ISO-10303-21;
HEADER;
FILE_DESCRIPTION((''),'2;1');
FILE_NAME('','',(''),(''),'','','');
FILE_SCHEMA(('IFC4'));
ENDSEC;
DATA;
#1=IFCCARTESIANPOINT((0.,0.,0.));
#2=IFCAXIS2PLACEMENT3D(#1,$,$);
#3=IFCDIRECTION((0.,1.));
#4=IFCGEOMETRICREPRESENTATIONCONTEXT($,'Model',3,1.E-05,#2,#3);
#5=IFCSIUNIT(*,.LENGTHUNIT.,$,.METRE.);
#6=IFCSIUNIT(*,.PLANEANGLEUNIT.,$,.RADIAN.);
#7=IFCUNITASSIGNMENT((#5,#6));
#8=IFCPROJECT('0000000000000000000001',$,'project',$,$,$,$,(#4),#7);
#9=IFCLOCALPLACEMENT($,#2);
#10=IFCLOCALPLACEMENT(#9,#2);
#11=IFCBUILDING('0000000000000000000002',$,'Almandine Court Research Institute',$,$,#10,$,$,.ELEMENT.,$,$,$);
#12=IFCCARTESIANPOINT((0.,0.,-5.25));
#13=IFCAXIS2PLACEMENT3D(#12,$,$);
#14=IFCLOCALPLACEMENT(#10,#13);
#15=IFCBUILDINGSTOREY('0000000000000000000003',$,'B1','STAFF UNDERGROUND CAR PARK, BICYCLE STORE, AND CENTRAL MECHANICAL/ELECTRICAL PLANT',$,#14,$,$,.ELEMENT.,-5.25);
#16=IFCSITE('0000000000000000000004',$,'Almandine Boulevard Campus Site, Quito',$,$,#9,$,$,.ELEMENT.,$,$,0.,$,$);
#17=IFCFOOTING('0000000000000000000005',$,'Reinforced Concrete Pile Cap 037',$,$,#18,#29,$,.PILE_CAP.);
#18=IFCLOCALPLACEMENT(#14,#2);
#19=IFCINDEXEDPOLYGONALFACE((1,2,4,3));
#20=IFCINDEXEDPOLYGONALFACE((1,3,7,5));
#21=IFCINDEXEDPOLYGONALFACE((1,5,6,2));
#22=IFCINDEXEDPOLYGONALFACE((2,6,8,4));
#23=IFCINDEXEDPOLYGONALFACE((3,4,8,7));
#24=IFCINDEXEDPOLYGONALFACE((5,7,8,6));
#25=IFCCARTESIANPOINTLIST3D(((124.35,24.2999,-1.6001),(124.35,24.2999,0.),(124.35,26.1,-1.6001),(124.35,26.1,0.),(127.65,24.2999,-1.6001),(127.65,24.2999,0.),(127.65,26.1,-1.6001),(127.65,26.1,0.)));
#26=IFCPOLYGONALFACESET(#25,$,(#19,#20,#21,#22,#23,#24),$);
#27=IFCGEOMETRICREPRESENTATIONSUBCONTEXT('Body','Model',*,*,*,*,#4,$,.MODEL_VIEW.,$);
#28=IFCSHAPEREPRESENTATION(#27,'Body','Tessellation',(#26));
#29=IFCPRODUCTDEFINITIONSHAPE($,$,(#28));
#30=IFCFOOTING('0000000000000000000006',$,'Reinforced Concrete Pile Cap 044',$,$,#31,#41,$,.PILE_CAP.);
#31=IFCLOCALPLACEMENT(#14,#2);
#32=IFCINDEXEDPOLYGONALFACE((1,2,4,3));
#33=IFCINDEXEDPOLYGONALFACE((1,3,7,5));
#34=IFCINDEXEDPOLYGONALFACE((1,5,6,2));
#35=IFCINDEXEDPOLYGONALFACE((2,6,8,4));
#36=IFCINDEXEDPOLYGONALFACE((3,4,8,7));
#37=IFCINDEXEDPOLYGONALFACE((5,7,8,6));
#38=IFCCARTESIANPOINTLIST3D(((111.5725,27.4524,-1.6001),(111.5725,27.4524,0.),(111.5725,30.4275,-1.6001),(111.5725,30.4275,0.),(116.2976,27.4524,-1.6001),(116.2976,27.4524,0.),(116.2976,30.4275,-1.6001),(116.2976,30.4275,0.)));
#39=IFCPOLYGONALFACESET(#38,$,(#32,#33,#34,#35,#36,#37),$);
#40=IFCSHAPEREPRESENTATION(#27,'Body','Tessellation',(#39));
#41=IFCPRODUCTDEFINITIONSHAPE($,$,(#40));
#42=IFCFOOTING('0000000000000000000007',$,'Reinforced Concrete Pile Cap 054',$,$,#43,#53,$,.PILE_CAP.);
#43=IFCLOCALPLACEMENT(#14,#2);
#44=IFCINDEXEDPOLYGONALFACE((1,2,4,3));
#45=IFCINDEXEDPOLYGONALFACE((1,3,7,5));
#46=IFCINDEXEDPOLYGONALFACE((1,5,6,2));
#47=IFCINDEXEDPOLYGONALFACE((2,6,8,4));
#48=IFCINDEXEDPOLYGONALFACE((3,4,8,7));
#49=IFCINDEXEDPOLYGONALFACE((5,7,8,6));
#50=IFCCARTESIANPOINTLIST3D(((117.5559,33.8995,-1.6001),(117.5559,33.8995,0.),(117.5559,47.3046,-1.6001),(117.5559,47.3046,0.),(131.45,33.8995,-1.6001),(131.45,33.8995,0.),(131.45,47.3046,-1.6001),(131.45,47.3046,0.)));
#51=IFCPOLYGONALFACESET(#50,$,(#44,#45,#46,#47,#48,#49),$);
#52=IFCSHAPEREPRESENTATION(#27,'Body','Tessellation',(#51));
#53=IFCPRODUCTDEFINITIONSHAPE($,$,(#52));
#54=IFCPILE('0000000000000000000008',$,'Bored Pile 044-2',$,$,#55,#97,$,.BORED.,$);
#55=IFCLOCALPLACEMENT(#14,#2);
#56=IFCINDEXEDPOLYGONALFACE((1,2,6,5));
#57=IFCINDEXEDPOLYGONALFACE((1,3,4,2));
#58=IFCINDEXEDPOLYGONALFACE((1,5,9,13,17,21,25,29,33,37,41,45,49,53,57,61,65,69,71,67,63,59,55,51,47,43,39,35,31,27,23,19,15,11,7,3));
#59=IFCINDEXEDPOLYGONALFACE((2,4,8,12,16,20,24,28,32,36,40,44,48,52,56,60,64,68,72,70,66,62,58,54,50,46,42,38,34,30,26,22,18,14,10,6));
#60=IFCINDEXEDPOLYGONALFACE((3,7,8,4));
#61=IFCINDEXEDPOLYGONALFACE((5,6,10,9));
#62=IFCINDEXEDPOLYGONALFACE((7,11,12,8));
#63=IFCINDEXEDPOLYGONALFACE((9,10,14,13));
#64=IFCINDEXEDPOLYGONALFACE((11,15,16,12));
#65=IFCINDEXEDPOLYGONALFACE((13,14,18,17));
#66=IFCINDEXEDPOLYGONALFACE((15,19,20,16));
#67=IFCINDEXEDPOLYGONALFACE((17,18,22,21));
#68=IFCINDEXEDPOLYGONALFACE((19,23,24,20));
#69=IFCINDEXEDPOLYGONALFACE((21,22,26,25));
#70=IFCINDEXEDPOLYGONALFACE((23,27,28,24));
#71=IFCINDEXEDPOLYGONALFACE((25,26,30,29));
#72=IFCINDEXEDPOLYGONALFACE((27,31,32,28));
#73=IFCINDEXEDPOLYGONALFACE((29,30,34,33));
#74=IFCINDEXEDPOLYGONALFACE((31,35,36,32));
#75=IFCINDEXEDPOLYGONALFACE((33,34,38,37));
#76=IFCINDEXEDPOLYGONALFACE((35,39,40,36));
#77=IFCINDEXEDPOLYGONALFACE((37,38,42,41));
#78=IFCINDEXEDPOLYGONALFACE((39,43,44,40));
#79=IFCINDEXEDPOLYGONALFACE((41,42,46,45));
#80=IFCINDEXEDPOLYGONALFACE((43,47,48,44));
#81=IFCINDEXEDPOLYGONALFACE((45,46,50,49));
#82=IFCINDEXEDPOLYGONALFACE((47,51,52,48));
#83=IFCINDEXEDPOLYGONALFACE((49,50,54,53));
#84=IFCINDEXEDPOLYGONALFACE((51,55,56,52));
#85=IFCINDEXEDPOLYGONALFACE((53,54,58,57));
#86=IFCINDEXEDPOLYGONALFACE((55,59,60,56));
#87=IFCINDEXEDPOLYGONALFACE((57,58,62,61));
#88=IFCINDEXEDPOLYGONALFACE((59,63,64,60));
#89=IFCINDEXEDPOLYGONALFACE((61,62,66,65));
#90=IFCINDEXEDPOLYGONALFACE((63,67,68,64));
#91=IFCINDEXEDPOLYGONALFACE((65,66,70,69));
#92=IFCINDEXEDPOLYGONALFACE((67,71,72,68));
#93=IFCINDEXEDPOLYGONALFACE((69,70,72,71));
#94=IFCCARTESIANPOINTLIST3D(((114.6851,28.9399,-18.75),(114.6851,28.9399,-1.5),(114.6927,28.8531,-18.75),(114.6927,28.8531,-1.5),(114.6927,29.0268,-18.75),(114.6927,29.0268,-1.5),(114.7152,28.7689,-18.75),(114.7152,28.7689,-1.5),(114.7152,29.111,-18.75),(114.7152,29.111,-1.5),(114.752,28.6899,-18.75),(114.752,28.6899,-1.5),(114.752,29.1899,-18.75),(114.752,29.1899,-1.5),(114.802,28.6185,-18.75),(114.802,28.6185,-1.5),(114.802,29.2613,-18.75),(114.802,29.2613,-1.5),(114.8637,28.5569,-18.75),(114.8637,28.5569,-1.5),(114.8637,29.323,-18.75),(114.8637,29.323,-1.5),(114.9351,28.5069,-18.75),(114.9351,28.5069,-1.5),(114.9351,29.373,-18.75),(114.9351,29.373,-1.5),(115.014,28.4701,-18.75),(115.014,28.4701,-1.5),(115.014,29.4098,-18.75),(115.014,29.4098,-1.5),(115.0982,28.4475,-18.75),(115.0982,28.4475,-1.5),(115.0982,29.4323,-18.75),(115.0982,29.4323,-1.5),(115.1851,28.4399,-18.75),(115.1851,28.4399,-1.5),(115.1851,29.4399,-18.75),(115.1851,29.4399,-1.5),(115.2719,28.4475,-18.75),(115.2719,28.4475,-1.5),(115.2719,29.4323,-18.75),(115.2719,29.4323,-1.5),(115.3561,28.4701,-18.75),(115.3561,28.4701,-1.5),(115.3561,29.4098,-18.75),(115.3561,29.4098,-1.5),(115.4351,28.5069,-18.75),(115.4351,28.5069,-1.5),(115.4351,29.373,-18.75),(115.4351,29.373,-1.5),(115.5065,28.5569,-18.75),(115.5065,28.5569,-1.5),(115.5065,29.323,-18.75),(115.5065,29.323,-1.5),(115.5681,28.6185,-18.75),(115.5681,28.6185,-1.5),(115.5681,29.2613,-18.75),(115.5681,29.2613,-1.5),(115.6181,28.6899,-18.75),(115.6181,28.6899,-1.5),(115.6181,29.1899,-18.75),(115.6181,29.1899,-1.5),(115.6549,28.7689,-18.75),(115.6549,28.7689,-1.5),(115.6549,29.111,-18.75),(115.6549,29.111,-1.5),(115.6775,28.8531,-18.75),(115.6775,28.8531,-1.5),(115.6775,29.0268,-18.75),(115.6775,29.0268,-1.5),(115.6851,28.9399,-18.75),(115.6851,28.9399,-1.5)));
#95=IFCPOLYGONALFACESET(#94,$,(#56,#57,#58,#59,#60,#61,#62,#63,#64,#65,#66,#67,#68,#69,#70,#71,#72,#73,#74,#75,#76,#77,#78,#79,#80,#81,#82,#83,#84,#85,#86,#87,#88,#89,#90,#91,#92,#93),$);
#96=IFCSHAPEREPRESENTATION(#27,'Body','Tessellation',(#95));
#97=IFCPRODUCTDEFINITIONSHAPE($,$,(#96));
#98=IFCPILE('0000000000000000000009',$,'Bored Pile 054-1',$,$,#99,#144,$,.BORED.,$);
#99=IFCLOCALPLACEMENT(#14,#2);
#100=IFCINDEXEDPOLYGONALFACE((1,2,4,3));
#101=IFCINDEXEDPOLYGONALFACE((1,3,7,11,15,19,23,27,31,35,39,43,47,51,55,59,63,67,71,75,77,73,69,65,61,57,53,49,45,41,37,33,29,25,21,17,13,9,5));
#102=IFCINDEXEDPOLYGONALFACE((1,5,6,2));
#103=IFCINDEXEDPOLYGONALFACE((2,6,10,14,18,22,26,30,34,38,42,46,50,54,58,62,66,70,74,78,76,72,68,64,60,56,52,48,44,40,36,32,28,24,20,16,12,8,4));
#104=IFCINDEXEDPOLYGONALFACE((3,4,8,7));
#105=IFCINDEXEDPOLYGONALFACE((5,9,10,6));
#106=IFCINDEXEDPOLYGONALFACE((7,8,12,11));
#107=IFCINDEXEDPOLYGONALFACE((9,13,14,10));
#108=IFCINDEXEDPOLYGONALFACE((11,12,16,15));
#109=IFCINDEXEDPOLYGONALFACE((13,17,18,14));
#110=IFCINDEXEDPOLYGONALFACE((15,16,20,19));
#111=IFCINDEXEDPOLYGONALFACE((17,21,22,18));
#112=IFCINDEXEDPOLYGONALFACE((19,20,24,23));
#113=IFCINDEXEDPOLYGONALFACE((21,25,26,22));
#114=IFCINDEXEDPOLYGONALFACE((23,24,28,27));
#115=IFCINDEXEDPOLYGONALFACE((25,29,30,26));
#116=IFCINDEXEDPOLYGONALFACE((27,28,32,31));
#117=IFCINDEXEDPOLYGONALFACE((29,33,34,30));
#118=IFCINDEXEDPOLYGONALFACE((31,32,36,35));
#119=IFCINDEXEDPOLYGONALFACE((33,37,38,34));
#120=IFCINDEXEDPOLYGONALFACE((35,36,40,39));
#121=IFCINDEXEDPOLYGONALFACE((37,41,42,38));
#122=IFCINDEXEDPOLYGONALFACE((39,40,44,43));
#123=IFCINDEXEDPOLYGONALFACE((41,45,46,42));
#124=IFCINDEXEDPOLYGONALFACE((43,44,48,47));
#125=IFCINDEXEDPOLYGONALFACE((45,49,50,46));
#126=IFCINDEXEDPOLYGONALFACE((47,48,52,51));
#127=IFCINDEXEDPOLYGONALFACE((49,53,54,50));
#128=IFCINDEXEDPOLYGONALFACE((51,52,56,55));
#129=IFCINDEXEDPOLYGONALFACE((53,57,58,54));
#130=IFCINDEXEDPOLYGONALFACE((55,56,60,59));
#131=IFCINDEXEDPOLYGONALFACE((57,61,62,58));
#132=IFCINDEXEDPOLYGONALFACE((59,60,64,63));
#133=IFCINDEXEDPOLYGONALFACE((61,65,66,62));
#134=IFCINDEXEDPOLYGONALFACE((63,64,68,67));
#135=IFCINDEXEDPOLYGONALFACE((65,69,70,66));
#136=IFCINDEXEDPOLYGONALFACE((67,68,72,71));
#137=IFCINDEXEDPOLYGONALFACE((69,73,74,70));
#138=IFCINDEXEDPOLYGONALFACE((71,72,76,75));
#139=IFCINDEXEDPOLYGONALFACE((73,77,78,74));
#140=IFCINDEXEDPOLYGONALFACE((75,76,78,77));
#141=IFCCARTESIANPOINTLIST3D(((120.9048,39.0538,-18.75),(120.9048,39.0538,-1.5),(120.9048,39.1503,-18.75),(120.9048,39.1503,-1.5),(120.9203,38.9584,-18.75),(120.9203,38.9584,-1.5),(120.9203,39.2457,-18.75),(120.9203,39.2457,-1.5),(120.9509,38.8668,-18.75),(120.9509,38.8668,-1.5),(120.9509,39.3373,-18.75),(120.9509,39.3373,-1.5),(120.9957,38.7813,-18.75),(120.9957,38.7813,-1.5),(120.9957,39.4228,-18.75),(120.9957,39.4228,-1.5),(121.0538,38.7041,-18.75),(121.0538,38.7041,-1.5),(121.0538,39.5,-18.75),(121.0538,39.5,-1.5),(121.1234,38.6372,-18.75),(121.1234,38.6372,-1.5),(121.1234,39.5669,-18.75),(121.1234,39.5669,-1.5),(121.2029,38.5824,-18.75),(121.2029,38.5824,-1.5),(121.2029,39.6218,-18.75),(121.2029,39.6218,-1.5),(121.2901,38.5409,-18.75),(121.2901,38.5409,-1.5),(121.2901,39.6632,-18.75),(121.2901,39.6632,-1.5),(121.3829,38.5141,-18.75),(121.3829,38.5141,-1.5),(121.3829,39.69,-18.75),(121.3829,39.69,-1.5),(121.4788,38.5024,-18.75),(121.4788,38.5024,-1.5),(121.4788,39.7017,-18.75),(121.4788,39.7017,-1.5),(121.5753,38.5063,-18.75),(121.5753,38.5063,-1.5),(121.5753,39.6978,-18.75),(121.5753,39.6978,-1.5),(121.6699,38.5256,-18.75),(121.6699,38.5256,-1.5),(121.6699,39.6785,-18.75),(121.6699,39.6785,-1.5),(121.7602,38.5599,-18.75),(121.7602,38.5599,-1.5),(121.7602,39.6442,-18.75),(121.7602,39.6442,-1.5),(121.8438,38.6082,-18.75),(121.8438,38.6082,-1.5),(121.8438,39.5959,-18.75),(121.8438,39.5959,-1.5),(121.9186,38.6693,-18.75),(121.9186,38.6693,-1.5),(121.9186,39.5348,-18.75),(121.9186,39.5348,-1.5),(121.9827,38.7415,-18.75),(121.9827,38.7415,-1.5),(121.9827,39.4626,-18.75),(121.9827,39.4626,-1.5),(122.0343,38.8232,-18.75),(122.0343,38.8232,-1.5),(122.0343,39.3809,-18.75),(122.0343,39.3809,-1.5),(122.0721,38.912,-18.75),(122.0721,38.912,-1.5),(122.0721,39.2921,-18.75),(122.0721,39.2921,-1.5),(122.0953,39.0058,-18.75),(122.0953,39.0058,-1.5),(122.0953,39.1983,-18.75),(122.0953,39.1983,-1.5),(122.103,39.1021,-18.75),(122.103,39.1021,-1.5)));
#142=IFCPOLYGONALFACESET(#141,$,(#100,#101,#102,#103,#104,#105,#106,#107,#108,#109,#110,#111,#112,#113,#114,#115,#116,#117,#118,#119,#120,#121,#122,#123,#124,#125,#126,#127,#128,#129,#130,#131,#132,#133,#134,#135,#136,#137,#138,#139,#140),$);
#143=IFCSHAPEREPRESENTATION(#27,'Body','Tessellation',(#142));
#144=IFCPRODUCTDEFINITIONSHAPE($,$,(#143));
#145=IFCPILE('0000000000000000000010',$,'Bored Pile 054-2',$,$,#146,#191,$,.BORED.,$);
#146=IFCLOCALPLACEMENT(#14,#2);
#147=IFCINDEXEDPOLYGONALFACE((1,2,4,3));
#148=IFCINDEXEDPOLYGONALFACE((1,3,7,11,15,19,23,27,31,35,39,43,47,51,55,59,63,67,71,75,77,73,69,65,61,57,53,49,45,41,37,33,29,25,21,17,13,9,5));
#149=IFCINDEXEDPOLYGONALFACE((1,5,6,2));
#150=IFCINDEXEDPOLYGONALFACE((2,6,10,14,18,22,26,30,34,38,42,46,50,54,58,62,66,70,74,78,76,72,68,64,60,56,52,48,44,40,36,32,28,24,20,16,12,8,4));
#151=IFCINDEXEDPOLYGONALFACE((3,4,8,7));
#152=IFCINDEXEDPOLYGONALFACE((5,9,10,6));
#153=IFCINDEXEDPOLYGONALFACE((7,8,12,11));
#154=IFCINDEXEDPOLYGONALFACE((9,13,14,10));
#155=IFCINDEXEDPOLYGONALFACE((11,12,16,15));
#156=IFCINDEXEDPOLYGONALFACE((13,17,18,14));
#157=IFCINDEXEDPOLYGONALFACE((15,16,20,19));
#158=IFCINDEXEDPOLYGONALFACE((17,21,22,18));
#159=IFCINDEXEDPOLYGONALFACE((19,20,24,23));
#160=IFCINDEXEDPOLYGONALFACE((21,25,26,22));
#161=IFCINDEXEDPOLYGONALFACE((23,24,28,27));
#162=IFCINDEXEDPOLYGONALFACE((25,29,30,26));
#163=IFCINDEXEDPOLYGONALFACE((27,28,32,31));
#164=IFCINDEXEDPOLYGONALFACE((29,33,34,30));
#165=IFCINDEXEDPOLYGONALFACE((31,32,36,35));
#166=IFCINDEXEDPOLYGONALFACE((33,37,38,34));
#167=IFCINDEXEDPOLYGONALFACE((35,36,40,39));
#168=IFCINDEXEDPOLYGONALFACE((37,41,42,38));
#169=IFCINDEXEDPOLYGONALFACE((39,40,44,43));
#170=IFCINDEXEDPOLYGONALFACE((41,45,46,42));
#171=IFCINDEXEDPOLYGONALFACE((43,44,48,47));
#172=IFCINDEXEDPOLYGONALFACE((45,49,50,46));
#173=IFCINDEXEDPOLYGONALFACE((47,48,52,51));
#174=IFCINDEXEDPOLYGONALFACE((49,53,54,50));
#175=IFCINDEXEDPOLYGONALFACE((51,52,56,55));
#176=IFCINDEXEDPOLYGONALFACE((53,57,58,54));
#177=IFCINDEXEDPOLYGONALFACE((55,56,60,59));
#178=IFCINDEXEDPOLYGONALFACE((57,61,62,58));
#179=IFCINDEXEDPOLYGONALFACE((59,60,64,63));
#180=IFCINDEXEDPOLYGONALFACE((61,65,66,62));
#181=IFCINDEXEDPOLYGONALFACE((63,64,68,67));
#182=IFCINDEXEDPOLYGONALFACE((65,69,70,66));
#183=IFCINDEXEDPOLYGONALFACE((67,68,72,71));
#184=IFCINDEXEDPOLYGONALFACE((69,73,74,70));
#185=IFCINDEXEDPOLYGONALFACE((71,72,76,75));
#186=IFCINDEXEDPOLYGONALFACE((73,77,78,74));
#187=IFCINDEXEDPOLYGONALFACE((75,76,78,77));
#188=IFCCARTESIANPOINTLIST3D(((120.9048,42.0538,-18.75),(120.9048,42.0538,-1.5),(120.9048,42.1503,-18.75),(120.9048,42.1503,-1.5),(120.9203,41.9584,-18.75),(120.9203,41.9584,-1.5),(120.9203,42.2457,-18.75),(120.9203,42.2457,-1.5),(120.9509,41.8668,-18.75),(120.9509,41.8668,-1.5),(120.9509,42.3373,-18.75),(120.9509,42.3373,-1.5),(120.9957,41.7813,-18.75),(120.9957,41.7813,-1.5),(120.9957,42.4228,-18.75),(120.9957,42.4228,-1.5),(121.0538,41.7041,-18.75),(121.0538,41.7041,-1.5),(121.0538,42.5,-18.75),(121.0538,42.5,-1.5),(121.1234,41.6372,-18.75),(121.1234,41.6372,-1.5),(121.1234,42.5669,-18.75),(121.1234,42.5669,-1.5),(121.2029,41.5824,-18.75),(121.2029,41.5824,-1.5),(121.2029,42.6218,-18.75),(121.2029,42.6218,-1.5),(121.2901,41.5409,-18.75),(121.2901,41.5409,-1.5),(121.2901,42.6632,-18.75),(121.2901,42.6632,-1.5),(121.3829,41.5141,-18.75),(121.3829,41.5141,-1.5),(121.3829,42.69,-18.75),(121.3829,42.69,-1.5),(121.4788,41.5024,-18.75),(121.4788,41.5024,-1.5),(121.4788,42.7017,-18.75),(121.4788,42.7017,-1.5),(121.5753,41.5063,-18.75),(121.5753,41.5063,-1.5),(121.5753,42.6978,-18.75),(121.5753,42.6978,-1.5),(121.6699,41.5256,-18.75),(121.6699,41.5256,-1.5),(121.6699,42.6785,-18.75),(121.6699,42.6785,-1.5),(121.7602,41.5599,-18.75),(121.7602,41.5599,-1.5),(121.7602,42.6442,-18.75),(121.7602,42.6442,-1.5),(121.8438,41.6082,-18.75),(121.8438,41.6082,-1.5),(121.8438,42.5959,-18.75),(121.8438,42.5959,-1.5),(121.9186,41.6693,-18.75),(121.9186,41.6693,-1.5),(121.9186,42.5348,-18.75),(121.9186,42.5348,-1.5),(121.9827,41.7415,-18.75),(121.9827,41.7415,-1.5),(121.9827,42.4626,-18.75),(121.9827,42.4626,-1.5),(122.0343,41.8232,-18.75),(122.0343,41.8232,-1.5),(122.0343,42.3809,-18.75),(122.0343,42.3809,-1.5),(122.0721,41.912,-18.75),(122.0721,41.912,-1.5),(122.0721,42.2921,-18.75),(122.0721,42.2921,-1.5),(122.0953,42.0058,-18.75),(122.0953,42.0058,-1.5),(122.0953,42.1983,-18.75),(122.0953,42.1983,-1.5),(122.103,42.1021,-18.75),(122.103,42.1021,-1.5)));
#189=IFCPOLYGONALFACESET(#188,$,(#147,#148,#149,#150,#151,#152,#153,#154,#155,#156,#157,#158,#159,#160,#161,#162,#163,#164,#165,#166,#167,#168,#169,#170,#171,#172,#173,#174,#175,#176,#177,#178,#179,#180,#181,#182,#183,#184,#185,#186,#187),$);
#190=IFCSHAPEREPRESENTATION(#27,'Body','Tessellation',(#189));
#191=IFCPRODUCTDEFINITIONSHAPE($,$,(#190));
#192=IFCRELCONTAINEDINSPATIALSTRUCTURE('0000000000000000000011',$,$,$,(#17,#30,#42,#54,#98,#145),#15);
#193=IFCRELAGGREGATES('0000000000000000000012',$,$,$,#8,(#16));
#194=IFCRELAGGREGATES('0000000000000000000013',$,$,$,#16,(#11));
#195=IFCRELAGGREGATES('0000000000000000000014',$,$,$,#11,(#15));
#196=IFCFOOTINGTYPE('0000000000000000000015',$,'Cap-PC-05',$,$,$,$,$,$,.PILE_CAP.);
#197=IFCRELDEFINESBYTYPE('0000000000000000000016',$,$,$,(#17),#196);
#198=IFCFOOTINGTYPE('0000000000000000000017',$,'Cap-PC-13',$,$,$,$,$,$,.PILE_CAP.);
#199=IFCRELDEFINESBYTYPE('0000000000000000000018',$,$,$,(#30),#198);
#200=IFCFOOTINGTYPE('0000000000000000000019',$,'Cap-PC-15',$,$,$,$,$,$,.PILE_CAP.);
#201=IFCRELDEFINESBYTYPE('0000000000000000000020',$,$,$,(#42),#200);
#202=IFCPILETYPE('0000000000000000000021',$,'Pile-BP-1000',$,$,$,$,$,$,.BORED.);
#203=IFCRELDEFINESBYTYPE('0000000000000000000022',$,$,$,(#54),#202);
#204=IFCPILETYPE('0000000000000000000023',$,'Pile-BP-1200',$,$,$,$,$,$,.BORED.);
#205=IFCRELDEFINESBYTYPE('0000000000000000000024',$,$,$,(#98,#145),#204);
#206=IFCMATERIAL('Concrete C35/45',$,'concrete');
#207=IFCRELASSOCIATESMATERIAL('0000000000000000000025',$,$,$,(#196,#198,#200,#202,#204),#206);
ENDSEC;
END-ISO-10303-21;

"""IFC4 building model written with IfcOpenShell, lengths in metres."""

from ifc_helpers import new_model, si_unit, direction, frame, origin, origin_2d, place, context, subcontext, project, spatial, rectangle, circle, extrude, material, material_profile, profile_set, type_object, element, save


model = new_model("IFC4")

# Units and contexts
model_context = context("Model", 3, precision=1e-05, world=origin(), true_north=direction((0.0, 1.0)))
body_context = subcontext(model_context, "Body", "Model", "MODEL_VIEW")
ifc_project = project(units=[si_unit("LENGTHUNIT", "METRE"), si_unit("PLANEANGLEUNIT", "RADIAN")], contexts=[model_context])

# Site, building, storey
site_placement = place(None, origin())
site = spatial("IfcSite", under=ifc_project, at=site_placement, Name="Almandine Boulevard Campus Site, Quito", CompositionType="ELEMENT", RefElevation=0.0)
building_placement = place(site_placement, origin())
building = spatial("IfcBuilding", under=site, at=building_placement, Name="Almandine Court Research Institute", CompositionType="ELEMENT")
storey_placement = place(building_placement, frame((0.0, 0.0, -5.25)))
storey = spatial("IfcBuildingStorey", under=building, at=storey_placement, Name="B1", Description="STAFF UNDERGROUND CAR PARK, BICYCLE STORE, AND CENTRAL MECHANICAL/ELECTRICAL PLANT", CompositionType="ELEMENT", Elevation=-5.25)

# Footings
ifc_material_1 = material(Name="Concrete C35/45", Category="concrete")
footing_type_1 = type_object("IfcFootingType", Name="Cap-PC-05", PredefinedType="PILE_CAP", material=ifc_material_1)
footing_1_placement = place(storey_placement, frame((126.0, 25.2, -1.6001), z_axis=(0.0, 0.0, 1.0), x_axis=(1.0, 0.0, 0.0)))
element("IfcFooting", 1, at=footing_1_placement, inside=storey, type_object=footing_type_1, Name="Reinforced Concrete Pile Cap 037", PredefinedType="PILE_CAP", context=body_context, shape_type="SweptSolid", body=[
    extrude(rectangle(XDim=3.3, YDim=1.8, at=origin_2d()), origin(), (0.0, 0.0, 1.0), 1.6001),
])
footing_type_2 = type_object("IfcFootingType", Name="Cap-PC-13", PredefinedType="PILE_CAP", material=ifc_material_1)
footing_2_placement = place(storey_placement, frame((113.9351, 28.9399, -1.6001), z_axis=(0.0, 0.0, 1.0), x_axis=(1.0, 0.0, 0.0)))
element("IfcFooting", 2, at=footing_2_placement, inside=storey, type_object=footing_type_2, Name="Reinforced Concrete Pile Cap 044", PredefinedType="PILE_CAP", context=body_context, shape_type="SweptSolid", body=[
    extrude(rectangle(XDim=4.7251, YDim=2.9751, at=origin_2d()), origin(), (0.0, 0.0, 1.0), 1.6001),
])
footing_type_3 = type_object("IfcFootingType", Name="Cap-PC-15", PredefinedType="PILE_CAP", material=ifc_material_1)
footing_3_placement = place(storey_placement, frame((124.5029, 40.6021, -1.6001), z_axis=(0.0, 0.0, 1.0), x_axis=(1.0, 0.0, 0.0)))
element("IfcFooting", 3, at=footing_3_placement, inside=storey, type_object=footing_type_3, Name="Reinforced Concrete Pile Cap 054", PredefinedType="PILE_CAP", context=body_context, shape_type="SweptSolid", body=[
    extrude(rectangle(XDim=13.894, YDim=13.405, at=origin_2d()), origin(), (0.0, 0.0, 1.0), 1.6001),
])

# Piles
ifc_material_profile_1 = material_profile(ifc_material_1, circle(Radius=0.5, at=origin_2d()), Name="BORED PILE D1000")
ifc_profile_set_1 = profile_set([ifc_material_profile_1], Name="Concrete C35/45")
pile_type_1 = type_object("IfcPileType", Name="Pile-BP-1000", PredefinedType="BORED", material=ifc_profile_set_1)
pile_1_placement = place(storey_placement, frame((115.1851, 28.9399, -1.5), z_axis=(0.0, 0.0, -1.0), x_axis=(1.0, 0.0, 0.0)))
element("IfcPile", 4, at=pile_1_placement, inside=storey, type_object=pile_type_1, Name="Bored Pile 044-2", PredefinedType="BORED", context=body_context, shape_type="SweptSolid", body=[
    extrude(circle(Radius=0.5, at=origin_2d()), origin(), (0.0, 0.0, 1.0), 17.25),
])
ifc_material_profile_2 = material_profile(ifc_material_1, circle(Radius=0.6001, at=origin_2d()), Name="BORED PILE D1200")
ifc_profile_set_2 = profile_set([ifc_material_profile_2], Name="Concrete C35/45")
pile_type_2 = type_object("IfcPileType", Name="Pile-BP-1200", PredefinedType="BORED", material=ifc_profile_set_2)
for number, where, z_axis, x_axis, name in (
    (5, (121.5029, 39.1021, -1.5), (0.0, 0.0, -1.0), (1.0, 0.0, 0.0), "Bored Pile 054-1"),
    (6, (121.5029, 42.1021, -1.5), (0.0, 0.0, -1.0), (1.0, 0.0, 0.0), "Bored Pile 054-2"),
):
    element("IfcPile", number, at=place(storey_placement, frame(where, z_axis=z_axis, x_axis=x_axis)), inside=storey, type_object=pile_type_2, Name=name, PredefinedType="BORED", context=body_context, shape_type="SweptSolid", body=[
        extrude(circle(Radius=0.6001, at=origin_2d()), origin(), (0.0, 0.0, 1.0), 17.25),
    ])

save(model, "model.ifc")
